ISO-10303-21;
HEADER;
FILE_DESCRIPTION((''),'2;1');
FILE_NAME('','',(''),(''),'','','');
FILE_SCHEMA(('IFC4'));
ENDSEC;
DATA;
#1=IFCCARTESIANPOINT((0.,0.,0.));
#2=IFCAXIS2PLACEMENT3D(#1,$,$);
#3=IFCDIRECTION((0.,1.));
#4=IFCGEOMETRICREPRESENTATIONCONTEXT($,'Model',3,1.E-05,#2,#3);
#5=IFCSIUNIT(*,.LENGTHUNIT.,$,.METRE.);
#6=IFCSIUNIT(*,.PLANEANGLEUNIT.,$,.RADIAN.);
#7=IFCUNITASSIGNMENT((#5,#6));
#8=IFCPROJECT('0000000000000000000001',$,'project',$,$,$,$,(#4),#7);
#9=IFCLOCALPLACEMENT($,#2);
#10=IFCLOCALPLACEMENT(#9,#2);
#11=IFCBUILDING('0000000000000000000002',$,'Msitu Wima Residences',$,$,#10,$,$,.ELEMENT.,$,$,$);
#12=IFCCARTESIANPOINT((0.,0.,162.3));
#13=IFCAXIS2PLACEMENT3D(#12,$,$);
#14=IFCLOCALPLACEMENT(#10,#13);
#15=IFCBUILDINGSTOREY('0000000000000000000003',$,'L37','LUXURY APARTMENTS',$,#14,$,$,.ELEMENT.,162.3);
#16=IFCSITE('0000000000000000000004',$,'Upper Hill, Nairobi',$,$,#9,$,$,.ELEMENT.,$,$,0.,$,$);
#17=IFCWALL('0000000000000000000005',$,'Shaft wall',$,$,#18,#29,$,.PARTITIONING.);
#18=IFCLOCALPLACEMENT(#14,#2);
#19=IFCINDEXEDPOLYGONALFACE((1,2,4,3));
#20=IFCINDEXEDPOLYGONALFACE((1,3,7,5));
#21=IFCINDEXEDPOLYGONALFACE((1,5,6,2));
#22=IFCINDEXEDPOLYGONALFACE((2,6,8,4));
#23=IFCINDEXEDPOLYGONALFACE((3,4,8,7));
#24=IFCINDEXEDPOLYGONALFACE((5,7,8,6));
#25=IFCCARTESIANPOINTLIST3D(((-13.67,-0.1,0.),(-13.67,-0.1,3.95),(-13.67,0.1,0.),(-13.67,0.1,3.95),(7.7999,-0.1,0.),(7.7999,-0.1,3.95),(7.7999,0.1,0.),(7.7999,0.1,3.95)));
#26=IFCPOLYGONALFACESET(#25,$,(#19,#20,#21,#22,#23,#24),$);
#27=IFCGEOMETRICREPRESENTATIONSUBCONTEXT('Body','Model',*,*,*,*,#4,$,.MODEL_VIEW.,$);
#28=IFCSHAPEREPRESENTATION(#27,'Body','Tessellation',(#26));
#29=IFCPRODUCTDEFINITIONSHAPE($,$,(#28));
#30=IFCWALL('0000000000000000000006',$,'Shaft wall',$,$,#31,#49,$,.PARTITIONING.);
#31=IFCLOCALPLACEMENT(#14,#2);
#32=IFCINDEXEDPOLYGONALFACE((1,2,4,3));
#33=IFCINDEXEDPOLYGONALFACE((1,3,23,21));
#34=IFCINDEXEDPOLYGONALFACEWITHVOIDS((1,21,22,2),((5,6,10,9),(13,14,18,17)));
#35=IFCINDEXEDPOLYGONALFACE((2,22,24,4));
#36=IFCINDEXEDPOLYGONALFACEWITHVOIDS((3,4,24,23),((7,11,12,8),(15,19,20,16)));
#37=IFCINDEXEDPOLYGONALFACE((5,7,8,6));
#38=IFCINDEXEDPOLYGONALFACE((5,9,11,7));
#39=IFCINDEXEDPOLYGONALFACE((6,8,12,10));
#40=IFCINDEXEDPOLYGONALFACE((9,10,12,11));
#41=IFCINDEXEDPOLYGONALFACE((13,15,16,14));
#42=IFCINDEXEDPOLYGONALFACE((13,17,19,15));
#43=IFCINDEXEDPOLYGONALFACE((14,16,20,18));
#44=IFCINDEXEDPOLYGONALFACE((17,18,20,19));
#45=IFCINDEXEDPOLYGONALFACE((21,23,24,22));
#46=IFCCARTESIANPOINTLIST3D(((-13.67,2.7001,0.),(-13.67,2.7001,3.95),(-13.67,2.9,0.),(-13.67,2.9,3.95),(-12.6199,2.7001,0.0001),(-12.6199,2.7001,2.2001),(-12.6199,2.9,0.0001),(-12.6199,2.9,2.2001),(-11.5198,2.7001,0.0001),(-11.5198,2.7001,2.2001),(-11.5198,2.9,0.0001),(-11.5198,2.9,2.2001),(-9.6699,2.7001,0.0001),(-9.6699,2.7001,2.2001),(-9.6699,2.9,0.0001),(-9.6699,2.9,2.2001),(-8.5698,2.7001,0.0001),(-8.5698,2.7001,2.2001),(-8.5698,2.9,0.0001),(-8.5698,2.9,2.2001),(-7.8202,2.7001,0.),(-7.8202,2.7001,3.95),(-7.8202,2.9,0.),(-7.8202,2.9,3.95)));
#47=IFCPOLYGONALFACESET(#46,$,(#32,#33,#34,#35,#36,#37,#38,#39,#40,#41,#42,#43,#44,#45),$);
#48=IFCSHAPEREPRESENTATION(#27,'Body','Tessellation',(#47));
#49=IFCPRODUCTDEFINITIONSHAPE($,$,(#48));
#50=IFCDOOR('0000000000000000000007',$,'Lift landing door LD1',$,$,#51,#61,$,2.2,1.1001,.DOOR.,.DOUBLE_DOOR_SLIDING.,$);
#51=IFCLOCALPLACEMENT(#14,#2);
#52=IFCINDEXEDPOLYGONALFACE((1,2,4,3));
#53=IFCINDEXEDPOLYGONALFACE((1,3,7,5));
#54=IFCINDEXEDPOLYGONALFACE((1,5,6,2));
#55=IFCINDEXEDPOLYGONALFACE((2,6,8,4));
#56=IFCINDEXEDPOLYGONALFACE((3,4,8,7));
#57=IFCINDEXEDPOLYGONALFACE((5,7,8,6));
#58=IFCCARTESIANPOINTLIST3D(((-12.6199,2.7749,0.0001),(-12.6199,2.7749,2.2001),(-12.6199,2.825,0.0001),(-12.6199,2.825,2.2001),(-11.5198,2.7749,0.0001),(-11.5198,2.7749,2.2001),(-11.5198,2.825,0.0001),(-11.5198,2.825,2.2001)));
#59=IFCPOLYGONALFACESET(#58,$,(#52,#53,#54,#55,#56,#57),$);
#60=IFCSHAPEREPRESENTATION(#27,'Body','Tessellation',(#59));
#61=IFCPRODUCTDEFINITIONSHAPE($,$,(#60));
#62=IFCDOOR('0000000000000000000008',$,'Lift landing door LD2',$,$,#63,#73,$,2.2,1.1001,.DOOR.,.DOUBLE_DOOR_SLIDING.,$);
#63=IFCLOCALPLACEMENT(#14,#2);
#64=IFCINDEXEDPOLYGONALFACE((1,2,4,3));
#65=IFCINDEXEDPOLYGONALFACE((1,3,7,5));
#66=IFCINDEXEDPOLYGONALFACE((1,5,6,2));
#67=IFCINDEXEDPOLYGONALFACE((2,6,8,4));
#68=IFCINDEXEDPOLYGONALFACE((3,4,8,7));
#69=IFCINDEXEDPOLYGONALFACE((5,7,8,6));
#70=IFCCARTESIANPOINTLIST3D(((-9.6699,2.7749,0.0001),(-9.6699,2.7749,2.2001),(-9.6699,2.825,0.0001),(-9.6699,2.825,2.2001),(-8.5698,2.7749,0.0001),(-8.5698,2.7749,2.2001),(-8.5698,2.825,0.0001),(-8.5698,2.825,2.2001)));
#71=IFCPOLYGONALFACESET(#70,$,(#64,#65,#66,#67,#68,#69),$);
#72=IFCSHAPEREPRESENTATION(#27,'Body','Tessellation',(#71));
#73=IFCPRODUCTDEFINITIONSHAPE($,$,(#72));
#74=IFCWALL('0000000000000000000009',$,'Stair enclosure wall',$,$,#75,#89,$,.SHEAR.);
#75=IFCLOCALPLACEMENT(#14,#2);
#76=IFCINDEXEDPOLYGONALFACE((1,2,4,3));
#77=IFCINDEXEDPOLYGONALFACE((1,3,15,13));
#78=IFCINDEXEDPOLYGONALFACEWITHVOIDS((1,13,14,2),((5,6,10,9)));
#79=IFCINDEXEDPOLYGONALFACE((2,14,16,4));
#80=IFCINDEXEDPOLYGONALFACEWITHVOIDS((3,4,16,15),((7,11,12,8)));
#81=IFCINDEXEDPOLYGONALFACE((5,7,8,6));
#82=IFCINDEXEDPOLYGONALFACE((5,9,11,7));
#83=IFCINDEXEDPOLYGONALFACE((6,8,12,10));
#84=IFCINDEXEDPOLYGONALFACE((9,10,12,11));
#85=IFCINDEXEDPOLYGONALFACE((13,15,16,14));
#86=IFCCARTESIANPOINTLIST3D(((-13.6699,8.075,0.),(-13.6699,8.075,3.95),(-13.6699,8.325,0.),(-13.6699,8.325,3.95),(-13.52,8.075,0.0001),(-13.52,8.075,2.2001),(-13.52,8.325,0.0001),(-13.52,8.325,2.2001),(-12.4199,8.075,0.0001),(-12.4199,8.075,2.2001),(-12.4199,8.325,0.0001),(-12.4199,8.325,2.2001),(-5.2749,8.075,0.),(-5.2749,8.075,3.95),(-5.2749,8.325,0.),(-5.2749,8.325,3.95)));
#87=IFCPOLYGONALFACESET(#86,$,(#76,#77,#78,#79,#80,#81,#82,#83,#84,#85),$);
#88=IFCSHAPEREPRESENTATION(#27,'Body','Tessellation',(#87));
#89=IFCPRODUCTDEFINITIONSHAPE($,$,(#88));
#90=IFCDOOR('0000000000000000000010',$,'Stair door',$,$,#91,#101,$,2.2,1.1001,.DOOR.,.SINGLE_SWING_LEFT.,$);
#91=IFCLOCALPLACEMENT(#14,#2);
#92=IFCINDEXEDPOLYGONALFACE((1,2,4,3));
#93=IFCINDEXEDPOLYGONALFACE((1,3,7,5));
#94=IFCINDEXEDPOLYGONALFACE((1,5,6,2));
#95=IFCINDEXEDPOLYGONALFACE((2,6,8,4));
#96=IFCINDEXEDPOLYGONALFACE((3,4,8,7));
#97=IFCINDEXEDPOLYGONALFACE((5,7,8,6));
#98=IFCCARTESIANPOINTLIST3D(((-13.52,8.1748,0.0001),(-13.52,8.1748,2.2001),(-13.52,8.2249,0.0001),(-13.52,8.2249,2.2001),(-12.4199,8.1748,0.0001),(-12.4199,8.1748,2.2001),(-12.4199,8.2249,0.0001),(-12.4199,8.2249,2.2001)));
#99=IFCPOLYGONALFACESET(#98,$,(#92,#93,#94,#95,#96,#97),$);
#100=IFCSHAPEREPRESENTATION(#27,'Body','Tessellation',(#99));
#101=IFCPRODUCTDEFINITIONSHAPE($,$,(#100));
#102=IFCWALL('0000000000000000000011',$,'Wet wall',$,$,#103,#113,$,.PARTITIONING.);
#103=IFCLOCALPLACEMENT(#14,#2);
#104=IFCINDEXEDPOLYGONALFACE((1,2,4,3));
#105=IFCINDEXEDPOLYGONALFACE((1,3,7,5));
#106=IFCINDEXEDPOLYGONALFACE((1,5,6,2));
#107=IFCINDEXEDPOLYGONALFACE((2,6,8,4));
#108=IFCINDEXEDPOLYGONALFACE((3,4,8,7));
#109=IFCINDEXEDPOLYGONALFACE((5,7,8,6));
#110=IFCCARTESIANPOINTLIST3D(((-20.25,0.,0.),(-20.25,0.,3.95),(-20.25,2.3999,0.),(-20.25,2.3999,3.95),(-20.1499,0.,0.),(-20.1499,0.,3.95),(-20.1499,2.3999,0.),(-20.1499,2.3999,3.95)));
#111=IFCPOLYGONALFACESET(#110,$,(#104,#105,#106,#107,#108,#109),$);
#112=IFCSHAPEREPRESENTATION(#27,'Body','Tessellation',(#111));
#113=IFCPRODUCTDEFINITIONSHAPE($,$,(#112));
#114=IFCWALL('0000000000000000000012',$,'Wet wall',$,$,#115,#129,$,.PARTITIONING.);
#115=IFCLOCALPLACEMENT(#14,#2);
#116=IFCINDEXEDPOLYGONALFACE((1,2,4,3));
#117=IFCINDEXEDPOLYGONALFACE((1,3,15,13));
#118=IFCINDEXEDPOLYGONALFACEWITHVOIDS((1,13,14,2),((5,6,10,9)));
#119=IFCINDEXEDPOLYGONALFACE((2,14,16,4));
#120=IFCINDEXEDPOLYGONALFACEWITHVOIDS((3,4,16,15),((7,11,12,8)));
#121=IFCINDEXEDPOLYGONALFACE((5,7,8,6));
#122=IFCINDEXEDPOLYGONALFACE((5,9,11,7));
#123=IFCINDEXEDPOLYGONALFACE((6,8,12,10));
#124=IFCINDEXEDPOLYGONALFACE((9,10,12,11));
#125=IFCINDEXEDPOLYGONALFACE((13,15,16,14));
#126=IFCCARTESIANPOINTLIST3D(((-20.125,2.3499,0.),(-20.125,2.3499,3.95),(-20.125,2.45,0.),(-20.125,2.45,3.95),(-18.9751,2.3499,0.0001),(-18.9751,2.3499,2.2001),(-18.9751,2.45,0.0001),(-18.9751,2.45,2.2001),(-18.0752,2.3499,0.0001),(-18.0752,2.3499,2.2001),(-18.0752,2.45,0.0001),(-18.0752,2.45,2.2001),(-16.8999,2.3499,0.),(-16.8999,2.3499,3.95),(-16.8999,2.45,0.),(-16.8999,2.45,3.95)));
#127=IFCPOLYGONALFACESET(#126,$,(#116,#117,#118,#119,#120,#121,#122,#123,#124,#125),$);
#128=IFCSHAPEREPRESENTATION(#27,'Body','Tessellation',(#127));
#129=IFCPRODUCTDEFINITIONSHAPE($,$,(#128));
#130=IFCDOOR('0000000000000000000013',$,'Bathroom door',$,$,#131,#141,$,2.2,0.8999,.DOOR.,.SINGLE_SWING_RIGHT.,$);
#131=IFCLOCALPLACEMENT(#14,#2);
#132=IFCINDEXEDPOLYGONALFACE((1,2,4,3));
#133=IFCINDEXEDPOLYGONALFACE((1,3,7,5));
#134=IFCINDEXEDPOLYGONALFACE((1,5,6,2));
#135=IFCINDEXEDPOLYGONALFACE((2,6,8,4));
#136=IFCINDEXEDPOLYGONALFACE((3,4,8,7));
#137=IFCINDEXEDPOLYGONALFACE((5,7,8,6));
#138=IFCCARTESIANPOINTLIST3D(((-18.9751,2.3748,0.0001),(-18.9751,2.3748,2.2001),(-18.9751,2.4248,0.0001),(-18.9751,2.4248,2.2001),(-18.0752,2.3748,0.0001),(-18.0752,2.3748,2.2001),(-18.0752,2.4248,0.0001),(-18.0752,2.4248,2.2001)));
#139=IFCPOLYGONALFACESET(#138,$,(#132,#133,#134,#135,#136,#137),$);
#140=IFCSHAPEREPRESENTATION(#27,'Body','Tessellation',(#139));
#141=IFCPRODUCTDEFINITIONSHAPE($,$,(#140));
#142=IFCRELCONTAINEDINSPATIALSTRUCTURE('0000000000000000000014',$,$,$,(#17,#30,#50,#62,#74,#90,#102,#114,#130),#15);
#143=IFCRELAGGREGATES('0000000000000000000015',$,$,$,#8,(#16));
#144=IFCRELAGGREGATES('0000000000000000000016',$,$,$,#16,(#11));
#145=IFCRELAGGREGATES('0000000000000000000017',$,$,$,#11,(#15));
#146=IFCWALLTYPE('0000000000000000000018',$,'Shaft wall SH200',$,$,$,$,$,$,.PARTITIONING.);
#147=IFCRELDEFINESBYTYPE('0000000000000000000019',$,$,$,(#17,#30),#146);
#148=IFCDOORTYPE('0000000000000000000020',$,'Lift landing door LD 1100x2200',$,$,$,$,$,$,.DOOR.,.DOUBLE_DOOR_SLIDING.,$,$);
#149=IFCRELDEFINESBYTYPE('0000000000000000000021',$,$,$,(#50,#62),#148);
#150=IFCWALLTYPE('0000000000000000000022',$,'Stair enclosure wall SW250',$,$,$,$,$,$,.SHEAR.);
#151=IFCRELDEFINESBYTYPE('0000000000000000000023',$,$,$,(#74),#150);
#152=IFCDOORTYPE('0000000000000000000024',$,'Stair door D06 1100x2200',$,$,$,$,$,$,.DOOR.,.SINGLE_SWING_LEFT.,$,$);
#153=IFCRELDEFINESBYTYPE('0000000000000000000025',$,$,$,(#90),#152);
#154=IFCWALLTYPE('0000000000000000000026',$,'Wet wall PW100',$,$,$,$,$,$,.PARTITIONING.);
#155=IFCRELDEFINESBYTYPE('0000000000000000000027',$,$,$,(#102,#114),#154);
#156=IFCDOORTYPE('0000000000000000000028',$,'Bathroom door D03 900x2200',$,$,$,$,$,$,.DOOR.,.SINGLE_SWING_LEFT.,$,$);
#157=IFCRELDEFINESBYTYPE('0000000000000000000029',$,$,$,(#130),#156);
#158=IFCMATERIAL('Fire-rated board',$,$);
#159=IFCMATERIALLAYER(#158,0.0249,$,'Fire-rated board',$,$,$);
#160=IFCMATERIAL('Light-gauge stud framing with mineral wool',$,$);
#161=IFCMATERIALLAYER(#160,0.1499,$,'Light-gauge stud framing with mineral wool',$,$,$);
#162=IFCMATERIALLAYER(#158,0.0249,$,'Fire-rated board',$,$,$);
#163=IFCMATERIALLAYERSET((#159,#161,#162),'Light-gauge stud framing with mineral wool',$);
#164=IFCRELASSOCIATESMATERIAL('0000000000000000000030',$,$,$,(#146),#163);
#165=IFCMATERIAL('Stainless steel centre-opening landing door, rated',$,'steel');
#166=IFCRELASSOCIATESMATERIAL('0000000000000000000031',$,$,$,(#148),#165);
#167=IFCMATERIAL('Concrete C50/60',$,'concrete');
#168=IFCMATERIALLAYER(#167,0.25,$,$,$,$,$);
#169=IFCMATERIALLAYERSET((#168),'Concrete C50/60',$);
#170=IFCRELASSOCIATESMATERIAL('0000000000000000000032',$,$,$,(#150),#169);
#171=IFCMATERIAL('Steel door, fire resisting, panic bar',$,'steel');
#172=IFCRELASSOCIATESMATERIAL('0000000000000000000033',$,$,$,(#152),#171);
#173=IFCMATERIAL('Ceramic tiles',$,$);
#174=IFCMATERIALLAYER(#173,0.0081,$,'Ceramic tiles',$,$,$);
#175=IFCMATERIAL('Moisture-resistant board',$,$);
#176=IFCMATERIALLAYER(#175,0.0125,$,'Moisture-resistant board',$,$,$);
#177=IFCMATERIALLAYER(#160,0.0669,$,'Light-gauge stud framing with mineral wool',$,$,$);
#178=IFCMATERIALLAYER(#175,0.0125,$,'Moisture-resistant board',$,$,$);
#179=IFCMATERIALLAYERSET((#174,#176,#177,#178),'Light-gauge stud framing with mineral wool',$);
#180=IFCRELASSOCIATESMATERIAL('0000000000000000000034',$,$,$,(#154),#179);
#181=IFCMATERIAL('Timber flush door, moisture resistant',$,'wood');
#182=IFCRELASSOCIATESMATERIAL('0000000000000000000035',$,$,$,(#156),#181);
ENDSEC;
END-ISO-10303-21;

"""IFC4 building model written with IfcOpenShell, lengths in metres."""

from ifc_helpers import new_model, si_unit, direction, frame, frame_2d, origin, place, context, subcontext, project, spatial, rectangle, extrude, material, layer, layer_set, type_object, element, fill, save


model = new_model("IFC4")

# Units and contexts
model_context = context("Model", 3, precision=1e-05, world=origin(), true_north=direction((0.0, 1.0)))
body_context = subcontext(model_context, "Body", "Model", "MODEL_VIEW")
ifc_project = project(units=[si_unit("LENGTHUNIT", "METRE"), si_unit("PLANEANGLEUNIT", "RADIAN")], contexts=[model_context])

# Site, building, storey
site_placement = place(None, origin())
site = spatial("IfcSite", under=ifc_project, at=site_placement, Name="Upper Hill, Nairobi", CompositionType="ELEMENT", RefElevation=0.0)
building_placement = place(site_placement, origin())
building = spatial("IfcBuilding", under=site, at=building_placement, Name="Msitu Wima Residences", CompositionType="ELEMENT")
storey_placement = place(building_placement, frame((0.0, 0.0, 162.3)))
storey = spatial("IfcBuildingStorey", under=building, at=storey_placement, Name="L37", Description="LUXURY APARTMENTS", CompositionType="ELEMENT", Elevation=162.3)

# Shared definitions
ifc_material_1 = material(Name="Concrete C50/60", Category="concrete")

# Wall
ifc_material_2 = material(Name="Fire-rated board")
ifc_layer_1 = layer(ifc_material_2, 0.0249, Name="Fire-rated board")
ifc_material_3 = material(Name="Light-gauge stud framing with mineral wool")
ifc_layer_2 = layer(ifc_material_3, 0.1499, Name="Light-gauge stud framing with mineral wool")
ifc_layer_3 = layer(ifc_material_2, 0.0249, Name="Fire-rated board")
ifc_layer_set_1 = layer_set([ifc_layer_1, ifc_layer_2, ifc_layer_3], Name="Light-gauge stud framing with mineral wool")
wall_type_1 = type_object("IfcWallType", Name="Shaft wall SH200", PredefinedType="PARTITIONING", material=ifc_layer_set_1)
wall_1_placement = place(storey_placement, frame((-13.6699, 0.0, 0.0), z_axis=(0.0, 0.0, 1.0), x_axis=(1.0, 0.0, 0.0)))
element("IfcWall", 1, at=wall_1_placement, inside=storey, type_object=wall_type_1, Name="Shaft wall", PredefinedType="PARTITIONING", context=body_context, shape_type="SweptSolid", body=[
    extrude(rectangle(XDim=21.47, YDim=0.2, at=frame_2d((10.7349, 0.0))), origin(), (0.0, 0.0, 1.0), 3.95),
])

# Wall, openings, doors
wall_2_placement = place(storey_placement, frame((-13.6699, 2.8, 0.0), z_axis=(0.0, 0.0, 1.0), x_axis=(1.0, 0.0, 0.0)))
wall_2 = element("IfcWall", 2, at=wall_2_placement, inside=storey, type_object=wall_type_1, Name="Shaft wall", PredefinedType="PARTITIONING", context=body_context, shape_type="SweptSolid", body=[
    extrude(rectangle(XDim=5.8499, YDim=0.2, at=frame_2d((2.9248, 0.0))), origin(), (0.0, 0.0, 1.0), 3.95),
])
opening_1_placement = place(wall_2_placement, frame((1.05, 0.0, 0.0)))
opening_1 = element("IfcOpeningElement", 3, at=opening_1_placement, cuts=wall_2, PredefinedType="OPENING", context=body_context, shape_type="SweptSolid", body=[
    extrude(rectangle(XDim=1.1001, YDim=2.2, at=frame_2d((0.55, 1.1001))), frame((0.0, 0.1099, 0.0), z_axis=(0.0, -1.0, 0.0), x_axis=(1.0, 0.0, 0.0)), (0.0, 0.0, 1.0), 0.22),
])
opening_2_placement = place(wall_2_placement, frame((4.0, 0.0, 0.0)))
opening_2 = element("IfcOpeningElement", 4, at=opening_2_placement, cuts=wall_2, PredefinedType="OPENING", context=body_context, shape_type="SweptSolid", body=[
    extrude(rectangle(XDim=1.1001, YDim=2.2, at=frame_2d((0.55, 1.1001))), frame((0.0, 0.1099, 0.0), z_axis=(0.0, -1.0, 0.0), x_axis=(1.0, 0.0, 0.0)), (0.0, 0.0, 1.0), 0.22),
])
ifc_material_4 = material(Name="Stainless steel centre-opening landing door, rated", Category="steel")
door_type_1 = type_object("IfcDoorType", Name="Lift landing door LD 1100x2200", OperationType="DOUBLE_DOOR_SLIDING", PredefinedType="DOOR", material=ifc_material_4)
door_1_placement = place(opening_1_placement, origin())
door_1 = element("IfcDoor", 5, at=door_1_placement, inside=storey, type_object=door_type_1, Name="Lift landing door LD1", OperationType="DOUBLE_DOOR_SLIDING", OverallHeight=2.2, OverallWidth=1.1001, PredefinedType="DOOR", context=body_context, shape_type="SweptSolid", body=[
    extrude(rectangle(XDim=1.1001, YDim=2.2, at=frame_2d((0.55, 1.1001))), frame((0.0, 0.0249, 0.0), z_axis=(0.0, -1.0, 0.0), x_axis=(1.0, 0.0, 0.0)), (0.0, 0.0, 1.0), 0.05),
])
fill(opening_1, door_1)
door_2_placement = place(opening_2_placement, origin())
door_2 = element("IfcDoor", 6, at=door_2_placement, inside=storey, type_object=door_type_1, Name="Lift landing door LD2", OperationType="DOUBLE_DOOR_SLIDING", OverallHeight=2.2, OverallWidth=1.1001, PredefinedType="DOOR", context=body_context, shape_type="SweptSolid", body=[
    extrude(rectangle(XDim=1.1001, YDim=2.2, at=frame_2d((0.55, 1.1001))), frame((0.0, 0.0249, 0.0), z_axis=(0.0, -1.0, 0.0), x_axis=(1.0, 0.0, 0.0)), (0.0, 0.0, 1.0), 0.05),
])
fill(opening_2, door_2)

# Wall, opening, door
ifc_layer_4 = layer(ifc_material_1, 0.25)
ifc_layer_set_2 = layer_set([ifc_layer_4], Name="Concrete C50/60")
wall_type_2 = type_object("IfcWallType", Name="Stair enclosure wall SW250", PredefinedType="SHEAR", material=ifc_layer_set_2)
wall_3_placement = place(storey_placement, frame((-13.6699, 8.2, 0.0), z_axis=(0.0, 0.0, 1.0), x_axis=(1.0, 0.0, 0.0)))
wall_3 = element("IfcWall", 7, at=wall_3_placement, inside=storey, type_object=wall_type_2, Name="Stair enclosure wall", PredefinedType="SHEAR", context=body_context, shape_type="SweptSolid", body=[
    extrude(rectangle(XDim=8.395, YDim=0.25, at=frame_2d((4.1975, 0.0))), origin(), (0.0, 0.0, 1.0), 3.95),
])
opening_3_placement = place(wall_3_placement, frame((0.1499, 0.0, 0.0)))
opening_3 = element("IfcOpeningElement", 8, at=opening_3_placement, cuts=wall_3, PredefinedType="OPENING", context=body_context, shape_type="SweptSolid", body=[
    extrude(rectangle(XDim=1.1001, YDim=2.2, at=frame_2d((0.55, 1.1001))), frame((0.0, 0.135, 0.0), z_axis=(0.0, -1.0, 0.0), x_axis=(1.0, 0.0, 0.0)), (0.0, 0.0, 1.0), 0.27),
])
ifc_material_5 = material(Name="Steel door, fire resisting, panic bar", Category="steel")
door_type_2 = type_object("IfcDoorType", Name="Stair door D06 1100x2200", OperationType="SINGLE_SWING_LEFT", PredefinedType="DOOR", material=ifc_material_5)
door_3_placement = place(opening_3_placement, origin())
door_3 = element("IfcDoor", 9, at=door_3_placement, inside=storey, type_object=door_type_2, Name="Stair door", OperationType="SINGLE_SWING_LEFT", OverallHeight=2.2, OverallWidth=1.1001, PredefinedType="DOOR", context=body_context, shape_type="SweptSolid", body=[
    extrude(rectangle(XDim=1.1001, YDim=2.2, at=frame_2d((0.55, 1.1001))), frame((0.0, 0.0249, 0.0), z_axis=(0.0, -1.0, 0.0), x_axis=(1.0, 0.0, 0.0)), (0.0, 0.0, 1.0), 0.05),
])
fill(opening_3, door_3)

# Wall
ifc_material_6 = material(Name="Ceramic tiles")
ifc_layer_5 = layer(ifc_material_6, 0.0081, Name="Ceramic tiles")
ifc_material_7 = material(Name="Moisture-resistant board")
ifc_layer_6 = layer(ifc_material_7, 0.0125, Name="Moisture-resistant board")
ifc_layer_7 = layer(ifc_material_3, 0.0669, Name="Light-gauge stud framing with mineral wool")
ifc_layer_8 = layer(ifc_material_7, 0.0125, Name="Moisture-resistant board")
ifc_layer_set_3 = layer_set([ifc_layer_5, ifc_layer_6, ifc_layer_7, ifc_layer_8], Name="Light-gauge stud framing with mineral wool")
wall_type_3 = type_object("IfcWallType", Name="Wet wall PW100", PredefinedType="PARTITIONING", material=ifc_layer_set_3)
wall_4_placement = place(storey_placement, frame((-20.2, 0.0, 0.0), z_axis=(0.0, 0.0, 1.0), x_axis=(0.0, 1.0, 0.0)))
element("IfcWall", 10, at=wall_4_placement, inside=storey, type_object=wall_type_3, Name="Wet wall", PredefinedType="PARTITIONING", context=body_context, shape_type="SweptSolid", body=[
    extrude(rectangle(XDim=2.3999, YDim=0.1001, at=frame_2d((1.2, 0.0))), origin(), (0.0, 0.0, 1.0), 3.95),
])

# Wall, opening, door
wall_5_placement = place(storey_placement, frame((-20.125, 2.3999, 0.0), z_axis=(0.0, 0.0, 1.0), x_axis=(1.0, 0.0, 0.0)))
wall_5 = element("IfcWall", 11, at=wall_5_placement, inside=storey, type_object=wall_type_3, Name="Wet wall", PredefinedType="PARTITIONING", context=body_context, shape_type="SweptSolid", body=[
    extrude(rectangle(XDim=3.2251, YDim=0.1001, at=frame_2d((1.6125, 0.0))), origin(), (0.0, 0.0, 1.0), 3.95),
])
opening_4_placement = place(wall_5_placement, frame((1.1499, 0.0, 0.0)))
opening_4 = element("IfcOpeningElement", 12, at=opening_4_placement, cuts=wall_5, PredefinedType="OPENING", context=body_context, shape_type="SweptSolid", body=[
    extrude(rectangle(XDim=0.8999, YDim=2.2, at=frame_2d((0.45, 1.1001))), frame((0.0, 0.0601, 0.0), z_axis=(0.0, -1.0, 0.0), x_axis=(1.0, 0.0, 0.0)), (0.0, 0.0, 1.0), 0.1201),
])
ifc_material_8 = material(Name="Timber flush door, moisture resistant", Category="wood")
door_type_3 = type_object("IfcDoorType", Name="Bathroom door D03 900x2200", OperationType="SINGLE_SWING_LEFT", PredefinedType="DOOR", material=ifc_material_8)
door_4_placement = place(opening_4_placement, origin())
door_4 = element("IfcDoor", 13, at=door_4_placement, inside=storey, type_object=door_type_3, Name="Bathroom door", OperationType="SINGLE_SWING_RIGHT", OverallHeight=2.2, OverallWidth=0.8999, PredefinedType="DOOR", context=body_context, shape_type="SweptSolid", body=[
    extrude(rectangle(XDim=0.8999, YDim=2.2, at=frame_2d((0.45, 1.1001))), frame((0.0, 0.0249, 0.0), z_axis=(0.0, -1.0, 0.0), x_axis=(1.0, 0.0, 0.0)), (0.0, 0.0, 1.0), 0.05),
])
fill(opening_4, door_4)

save(model, "model.ifc")
